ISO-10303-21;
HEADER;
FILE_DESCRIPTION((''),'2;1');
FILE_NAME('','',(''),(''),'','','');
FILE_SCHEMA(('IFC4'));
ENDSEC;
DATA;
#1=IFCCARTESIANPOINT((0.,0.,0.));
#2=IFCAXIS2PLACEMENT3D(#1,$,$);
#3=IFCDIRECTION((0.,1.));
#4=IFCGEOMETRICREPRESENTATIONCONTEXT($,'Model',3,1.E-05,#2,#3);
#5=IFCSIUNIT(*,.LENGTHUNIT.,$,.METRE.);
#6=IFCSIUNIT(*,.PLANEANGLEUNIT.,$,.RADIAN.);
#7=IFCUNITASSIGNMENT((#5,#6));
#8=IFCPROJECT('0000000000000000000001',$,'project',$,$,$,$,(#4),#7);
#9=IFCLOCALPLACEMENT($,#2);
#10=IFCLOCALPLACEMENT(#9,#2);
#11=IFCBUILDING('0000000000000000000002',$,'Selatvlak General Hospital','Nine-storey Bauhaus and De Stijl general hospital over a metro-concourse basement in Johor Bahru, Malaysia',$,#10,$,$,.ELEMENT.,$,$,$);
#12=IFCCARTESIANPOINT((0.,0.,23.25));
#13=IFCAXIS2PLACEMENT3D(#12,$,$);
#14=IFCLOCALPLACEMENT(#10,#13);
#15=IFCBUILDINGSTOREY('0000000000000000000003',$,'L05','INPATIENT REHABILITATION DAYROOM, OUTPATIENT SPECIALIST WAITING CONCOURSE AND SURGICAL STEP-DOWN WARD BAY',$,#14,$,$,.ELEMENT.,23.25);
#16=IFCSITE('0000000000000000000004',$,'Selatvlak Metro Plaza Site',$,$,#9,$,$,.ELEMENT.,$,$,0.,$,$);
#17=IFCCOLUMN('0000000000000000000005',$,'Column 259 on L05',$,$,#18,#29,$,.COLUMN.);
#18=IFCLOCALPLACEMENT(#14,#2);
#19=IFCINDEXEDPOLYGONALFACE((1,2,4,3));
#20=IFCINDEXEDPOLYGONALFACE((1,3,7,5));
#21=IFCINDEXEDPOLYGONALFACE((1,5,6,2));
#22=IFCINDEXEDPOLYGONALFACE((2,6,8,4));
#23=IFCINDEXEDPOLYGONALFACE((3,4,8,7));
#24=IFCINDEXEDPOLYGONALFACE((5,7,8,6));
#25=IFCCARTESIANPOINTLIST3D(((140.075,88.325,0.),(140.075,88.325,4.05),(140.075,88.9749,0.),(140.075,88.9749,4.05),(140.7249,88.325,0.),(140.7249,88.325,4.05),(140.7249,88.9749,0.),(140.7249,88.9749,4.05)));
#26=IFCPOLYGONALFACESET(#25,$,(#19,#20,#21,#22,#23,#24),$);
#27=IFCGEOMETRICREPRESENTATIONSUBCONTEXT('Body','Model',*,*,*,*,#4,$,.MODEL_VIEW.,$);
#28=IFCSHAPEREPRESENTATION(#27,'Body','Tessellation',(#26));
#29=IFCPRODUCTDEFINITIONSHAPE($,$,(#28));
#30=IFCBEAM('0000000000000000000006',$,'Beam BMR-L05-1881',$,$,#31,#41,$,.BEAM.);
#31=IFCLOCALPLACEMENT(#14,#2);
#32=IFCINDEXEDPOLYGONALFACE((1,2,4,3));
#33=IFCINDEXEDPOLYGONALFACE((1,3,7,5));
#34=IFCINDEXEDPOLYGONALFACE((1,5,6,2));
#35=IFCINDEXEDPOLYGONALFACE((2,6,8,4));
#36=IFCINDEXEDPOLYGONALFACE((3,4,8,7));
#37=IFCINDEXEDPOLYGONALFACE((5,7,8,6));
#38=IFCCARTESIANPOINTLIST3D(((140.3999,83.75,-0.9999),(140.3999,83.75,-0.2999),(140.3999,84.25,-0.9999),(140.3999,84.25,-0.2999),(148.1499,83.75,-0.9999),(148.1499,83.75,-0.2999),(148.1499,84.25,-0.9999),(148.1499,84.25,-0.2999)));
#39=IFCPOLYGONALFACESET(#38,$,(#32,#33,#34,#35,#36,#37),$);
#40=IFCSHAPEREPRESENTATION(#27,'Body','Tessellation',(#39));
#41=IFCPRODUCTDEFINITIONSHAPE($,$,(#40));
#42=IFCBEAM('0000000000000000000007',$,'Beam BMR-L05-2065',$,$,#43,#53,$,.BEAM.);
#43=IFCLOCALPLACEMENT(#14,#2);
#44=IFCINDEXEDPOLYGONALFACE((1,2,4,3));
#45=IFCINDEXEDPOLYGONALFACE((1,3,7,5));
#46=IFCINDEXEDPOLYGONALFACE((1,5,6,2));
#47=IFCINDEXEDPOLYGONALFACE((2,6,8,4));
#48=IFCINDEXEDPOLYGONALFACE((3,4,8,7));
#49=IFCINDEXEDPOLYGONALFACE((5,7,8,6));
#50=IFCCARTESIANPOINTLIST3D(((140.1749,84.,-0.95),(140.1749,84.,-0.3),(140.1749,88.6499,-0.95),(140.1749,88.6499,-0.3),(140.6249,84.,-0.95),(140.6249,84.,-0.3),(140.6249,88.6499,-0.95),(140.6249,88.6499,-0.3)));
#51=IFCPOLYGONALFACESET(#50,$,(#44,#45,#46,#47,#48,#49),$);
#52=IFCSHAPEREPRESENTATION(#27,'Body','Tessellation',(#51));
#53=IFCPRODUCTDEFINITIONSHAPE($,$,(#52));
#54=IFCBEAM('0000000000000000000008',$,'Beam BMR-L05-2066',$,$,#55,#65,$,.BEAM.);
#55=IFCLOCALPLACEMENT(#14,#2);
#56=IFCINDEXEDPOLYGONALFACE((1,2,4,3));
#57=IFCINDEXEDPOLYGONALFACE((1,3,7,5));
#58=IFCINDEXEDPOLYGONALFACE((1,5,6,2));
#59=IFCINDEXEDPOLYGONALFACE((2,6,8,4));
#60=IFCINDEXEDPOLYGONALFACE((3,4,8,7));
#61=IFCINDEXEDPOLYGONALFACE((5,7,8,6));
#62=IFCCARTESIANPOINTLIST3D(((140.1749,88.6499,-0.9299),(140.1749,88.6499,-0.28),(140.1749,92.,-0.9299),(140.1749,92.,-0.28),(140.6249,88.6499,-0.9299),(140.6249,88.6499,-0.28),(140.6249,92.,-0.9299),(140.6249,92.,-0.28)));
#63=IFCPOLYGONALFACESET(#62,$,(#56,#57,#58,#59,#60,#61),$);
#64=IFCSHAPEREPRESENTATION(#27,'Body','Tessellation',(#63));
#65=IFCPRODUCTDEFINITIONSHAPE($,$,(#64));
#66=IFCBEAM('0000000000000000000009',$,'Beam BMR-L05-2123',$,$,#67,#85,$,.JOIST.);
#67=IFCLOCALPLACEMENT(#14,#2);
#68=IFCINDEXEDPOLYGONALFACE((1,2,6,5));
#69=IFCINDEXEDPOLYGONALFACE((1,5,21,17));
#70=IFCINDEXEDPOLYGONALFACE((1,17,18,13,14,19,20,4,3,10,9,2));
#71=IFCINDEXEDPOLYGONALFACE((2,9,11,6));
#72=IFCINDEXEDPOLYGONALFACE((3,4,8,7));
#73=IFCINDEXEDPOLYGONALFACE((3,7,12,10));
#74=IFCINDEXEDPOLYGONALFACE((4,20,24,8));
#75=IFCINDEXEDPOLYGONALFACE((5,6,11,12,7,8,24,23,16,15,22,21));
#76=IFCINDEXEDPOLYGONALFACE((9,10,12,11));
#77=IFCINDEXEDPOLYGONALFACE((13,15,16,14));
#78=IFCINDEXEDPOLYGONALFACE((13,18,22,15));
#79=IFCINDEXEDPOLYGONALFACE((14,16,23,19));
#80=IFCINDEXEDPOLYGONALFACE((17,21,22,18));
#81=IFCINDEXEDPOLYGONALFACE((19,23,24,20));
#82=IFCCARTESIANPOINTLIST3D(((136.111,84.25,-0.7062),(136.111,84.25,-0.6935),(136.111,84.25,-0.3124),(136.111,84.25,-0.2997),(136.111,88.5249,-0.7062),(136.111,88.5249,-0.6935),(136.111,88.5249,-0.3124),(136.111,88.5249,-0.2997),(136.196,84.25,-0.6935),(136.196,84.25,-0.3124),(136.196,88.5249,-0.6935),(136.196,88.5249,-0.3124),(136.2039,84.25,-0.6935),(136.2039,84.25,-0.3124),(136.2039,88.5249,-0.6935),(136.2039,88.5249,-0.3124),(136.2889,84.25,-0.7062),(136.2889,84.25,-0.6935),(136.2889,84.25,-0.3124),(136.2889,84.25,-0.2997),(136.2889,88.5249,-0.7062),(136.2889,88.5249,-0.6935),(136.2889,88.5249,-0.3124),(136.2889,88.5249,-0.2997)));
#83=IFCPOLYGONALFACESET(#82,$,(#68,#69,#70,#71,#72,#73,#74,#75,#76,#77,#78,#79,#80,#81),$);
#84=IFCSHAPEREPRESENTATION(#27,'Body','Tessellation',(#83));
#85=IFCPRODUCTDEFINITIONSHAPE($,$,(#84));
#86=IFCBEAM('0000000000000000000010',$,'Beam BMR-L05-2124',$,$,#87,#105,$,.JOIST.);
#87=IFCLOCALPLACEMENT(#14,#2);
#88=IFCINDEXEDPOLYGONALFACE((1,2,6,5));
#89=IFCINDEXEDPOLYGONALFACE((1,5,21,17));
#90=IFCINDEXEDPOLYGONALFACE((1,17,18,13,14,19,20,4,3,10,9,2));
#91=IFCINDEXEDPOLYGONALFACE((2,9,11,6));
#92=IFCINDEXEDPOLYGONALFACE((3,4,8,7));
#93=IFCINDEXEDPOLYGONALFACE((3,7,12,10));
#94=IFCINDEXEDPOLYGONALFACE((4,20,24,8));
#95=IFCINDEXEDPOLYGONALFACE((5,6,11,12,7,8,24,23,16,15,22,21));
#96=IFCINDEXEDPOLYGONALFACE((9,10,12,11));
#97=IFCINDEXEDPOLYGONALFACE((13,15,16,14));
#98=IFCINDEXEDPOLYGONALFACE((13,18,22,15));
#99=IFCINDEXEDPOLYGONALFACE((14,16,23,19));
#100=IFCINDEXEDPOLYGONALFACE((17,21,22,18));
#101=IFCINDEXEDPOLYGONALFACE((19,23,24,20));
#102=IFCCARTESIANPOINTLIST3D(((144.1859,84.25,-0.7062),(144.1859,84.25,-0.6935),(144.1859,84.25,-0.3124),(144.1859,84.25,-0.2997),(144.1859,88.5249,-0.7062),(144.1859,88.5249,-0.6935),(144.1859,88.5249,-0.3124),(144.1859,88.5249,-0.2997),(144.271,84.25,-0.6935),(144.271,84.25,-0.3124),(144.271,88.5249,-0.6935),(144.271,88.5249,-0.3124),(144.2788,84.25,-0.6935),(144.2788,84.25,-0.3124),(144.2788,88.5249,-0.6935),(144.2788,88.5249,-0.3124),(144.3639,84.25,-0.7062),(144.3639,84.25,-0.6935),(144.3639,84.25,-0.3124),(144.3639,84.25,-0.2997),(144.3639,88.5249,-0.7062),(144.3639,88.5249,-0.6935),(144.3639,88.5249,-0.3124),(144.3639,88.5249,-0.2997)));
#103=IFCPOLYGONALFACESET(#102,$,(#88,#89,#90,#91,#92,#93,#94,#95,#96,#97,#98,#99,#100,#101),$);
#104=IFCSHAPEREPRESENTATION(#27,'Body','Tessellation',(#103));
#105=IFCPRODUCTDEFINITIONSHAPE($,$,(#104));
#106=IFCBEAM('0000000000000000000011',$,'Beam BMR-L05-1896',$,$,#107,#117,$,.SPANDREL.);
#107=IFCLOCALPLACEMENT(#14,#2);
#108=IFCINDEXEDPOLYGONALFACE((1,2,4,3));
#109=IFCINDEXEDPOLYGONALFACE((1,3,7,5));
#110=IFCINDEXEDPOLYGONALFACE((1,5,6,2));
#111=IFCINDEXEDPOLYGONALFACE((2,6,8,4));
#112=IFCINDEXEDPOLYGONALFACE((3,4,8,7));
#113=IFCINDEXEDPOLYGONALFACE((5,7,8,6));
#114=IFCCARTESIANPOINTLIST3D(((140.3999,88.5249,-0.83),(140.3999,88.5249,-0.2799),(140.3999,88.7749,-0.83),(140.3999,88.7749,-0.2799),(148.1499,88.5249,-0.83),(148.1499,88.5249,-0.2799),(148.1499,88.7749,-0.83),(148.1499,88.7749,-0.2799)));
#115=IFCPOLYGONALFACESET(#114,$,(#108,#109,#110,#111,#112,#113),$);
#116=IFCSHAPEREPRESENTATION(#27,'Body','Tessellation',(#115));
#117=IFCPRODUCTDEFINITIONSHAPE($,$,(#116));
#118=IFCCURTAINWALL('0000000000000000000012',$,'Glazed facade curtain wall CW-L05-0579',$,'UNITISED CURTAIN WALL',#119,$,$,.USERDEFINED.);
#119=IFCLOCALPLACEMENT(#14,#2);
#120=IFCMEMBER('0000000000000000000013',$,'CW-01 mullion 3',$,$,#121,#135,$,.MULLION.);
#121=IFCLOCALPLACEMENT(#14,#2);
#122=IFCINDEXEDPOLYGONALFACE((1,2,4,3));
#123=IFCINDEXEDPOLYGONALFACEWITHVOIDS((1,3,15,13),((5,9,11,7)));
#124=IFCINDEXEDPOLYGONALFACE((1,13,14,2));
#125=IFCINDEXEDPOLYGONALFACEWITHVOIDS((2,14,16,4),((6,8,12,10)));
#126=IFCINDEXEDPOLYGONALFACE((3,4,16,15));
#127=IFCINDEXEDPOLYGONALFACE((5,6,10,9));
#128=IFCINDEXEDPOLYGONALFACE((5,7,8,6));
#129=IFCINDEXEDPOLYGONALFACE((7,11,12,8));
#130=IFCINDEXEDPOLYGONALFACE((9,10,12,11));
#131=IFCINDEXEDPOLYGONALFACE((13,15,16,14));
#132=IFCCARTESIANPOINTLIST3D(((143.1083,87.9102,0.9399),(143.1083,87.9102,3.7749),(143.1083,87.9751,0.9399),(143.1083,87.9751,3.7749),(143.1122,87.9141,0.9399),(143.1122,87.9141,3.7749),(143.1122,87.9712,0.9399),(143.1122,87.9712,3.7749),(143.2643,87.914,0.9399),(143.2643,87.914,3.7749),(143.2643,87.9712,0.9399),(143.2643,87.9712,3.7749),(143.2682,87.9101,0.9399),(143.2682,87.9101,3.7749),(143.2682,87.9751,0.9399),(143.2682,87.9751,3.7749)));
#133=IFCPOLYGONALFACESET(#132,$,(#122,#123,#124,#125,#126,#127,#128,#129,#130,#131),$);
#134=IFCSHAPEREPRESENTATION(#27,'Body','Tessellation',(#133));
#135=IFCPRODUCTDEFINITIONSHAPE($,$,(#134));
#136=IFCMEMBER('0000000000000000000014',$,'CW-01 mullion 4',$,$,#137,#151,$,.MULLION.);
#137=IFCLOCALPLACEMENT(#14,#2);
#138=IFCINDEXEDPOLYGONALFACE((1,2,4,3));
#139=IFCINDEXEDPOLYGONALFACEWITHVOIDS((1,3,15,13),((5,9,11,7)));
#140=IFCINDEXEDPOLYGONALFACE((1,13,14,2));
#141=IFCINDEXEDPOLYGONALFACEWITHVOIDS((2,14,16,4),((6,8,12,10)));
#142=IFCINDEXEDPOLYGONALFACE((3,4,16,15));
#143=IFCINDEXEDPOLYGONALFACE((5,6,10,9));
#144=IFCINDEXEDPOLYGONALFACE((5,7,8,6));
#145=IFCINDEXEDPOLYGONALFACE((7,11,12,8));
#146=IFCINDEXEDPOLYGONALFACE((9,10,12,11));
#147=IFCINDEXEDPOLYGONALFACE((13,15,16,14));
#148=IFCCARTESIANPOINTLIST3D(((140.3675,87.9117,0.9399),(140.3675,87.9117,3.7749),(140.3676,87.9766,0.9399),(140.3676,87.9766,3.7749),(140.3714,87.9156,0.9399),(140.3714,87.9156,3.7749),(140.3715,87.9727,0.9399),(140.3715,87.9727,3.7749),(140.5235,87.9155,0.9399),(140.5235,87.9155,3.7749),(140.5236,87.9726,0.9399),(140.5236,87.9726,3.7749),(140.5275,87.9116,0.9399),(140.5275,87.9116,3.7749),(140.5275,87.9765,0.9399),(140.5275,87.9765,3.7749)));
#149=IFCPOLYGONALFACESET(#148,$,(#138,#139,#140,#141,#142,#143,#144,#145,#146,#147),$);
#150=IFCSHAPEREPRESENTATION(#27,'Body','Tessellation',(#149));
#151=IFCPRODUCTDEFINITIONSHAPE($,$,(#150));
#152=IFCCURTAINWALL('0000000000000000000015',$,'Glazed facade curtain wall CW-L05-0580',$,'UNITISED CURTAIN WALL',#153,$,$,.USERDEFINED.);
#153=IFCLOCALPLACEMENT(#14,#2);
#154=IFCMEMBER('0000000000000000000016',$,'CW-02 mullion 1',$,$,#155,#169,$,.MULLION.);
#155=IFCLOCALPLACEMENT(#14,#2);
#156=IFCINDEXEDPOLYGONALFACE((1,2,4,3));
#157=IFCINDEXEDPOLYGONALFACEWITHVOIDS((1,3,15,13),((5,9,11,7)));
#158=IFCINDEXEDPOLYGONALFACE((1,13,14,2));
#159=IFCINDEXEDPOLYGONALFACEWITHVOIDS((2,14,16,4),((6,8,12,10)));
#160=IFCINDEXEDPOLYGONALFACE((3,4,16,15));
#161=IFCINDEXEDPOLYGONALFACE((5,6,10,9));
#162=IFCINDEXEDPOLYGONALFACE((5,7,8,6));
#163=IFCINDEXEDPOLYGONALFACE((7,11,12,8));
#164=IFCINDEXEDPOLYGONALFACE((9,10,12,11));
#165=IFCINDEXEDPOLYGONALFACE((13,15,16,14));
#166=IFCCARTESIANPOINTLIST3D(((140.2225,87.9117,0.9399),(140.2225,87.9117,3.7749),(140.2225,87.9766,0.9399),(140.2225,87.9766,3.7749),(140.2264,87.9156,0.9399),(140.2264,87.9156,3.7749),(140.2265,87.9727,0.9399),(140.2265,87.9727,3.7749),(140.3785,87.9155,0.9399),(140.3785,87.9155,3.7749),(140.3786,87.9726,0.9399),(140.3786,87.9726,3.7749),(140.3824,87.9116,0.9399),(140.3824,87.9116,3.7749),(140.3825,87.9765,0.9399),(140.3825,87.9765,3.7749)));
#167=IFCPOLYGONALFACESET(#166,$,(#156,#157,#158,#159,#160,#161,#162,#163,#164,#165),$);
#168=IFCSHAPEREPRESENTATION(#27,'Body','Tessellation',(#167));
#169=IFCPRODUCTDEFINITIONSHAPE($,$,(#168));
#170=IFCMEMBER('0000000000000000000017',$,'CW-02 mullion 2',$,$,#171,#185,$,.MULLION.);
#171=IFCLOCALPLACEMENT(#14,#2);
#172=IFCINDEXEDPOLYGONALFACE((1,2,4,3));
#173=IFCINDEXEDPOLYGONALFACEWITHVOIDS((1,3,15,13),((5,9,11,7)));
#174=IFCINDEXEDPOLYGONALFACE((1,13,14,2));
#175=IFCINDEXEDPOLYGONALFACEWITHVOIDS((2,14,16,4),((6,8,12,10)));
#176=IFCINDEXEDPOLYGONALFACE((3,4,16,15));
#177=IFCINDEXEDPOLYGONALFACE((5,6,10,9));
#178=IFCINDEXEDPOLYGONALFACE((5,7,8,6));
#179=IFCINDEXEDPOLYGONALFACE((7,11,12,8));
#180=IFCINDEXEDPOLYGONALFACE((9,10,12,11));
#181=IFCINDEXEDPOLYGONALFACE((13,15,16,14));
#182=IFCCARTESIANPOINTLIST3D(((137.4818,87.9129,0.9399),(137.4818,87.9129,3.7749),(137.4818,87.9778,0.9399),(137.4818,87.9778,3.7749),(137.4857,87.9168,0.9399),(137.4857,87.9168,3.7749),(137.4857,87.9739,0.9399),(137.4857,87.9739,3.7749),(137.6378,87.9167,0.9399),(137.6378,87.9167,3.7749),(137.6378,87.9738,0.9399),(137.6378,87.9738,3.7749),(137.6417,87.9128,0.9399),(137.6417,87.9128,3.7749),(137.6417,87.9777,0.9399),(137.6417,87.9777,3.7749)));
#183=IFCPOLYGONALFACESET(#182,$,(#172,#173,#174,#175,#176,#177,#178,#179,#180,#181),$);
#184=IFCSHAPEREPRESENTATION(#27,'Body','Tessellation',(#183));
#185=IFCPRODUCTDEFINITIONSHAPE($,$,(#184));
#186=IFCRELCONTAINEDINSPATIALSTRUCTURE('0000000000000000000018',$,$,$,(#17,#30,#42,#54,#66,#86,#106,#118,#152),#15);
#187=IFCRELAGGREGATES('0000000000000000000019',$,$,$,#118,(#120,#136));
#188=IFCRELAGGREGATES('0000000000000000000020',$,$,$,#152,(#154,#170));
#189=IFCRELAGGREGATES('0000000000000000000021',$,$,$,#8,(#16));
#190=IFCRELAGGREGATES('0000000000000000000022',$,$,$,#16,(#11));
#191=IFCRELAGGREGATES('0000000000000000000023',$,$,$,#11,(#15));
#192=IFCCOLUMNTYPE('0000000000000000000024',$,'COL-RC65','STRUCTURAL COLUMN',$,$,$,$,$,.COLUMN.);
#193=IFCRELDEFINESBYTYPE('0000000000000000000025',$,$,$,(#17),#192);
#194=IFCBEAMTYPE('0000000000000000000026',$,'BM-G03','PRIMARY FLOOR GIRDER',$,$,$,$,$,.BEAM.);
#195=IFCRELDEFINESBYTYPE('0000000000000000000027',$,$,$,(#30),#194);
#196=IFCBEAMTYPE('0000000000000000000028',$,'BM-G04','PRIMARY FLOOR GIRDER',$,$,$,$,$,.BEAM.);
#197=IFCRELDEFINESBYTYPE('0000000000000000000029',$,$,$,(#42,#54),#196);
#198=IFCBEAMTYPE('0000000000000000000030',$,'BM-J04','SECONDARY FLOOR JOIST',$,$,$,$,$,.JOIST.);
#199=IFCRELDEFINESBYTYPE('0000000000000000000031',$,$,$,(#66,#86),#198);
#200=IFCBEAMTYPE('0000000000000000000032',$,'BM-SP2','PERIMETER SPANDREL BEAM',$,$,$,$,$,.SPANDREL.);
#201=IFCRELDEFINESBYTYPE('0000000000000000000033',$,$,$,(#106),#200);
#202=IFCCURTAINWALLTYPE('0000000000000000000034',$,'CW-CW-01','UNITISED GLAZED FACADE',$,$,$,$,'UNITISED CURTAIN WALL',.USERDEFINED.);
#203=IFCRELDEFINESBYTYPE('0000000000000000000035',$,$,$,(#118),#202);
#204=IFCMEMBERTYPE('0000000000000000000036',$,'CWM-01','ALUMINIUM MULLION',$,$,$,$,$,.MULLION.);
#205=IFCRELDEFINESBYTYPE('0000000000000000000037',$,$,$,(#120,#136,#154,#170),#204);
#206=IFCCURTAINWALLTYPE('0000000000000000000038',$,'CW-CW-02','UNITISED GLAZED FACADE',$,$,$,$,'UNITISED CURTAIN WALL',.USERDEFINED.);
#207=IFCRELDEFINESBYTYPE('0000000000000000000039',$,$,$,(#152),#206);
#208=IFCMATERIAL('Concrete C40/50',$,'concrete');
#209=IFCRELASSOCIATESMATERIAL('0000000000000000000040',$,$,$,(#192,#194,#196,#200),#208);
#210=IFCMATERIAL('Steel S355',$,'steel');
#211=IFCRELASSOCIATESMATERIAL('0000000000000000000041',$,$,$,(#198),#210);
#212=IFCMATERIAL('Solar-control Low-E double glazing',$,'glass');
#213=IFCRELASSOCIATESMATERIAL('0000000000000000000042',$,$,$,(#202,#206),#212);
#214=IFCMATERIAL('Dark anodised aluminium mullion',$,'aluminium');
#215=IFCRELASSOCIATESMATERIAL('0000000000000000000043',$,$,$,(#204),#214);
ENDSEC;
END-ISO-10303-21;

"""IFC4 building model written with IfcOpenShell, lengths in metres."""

from ifc_helpers import new_model, si_unit, direction, frame, origin, origin_2d, place, context, subcontext, project, spatial, rectangle, hollow_rectangle, i_section, extrude, material, material_profile, profile_set, type_object, element, aggregate, save


model = new_model("IFC4")

# Units and contexts
model_context = context("Model", 3, precision=1e-05, world=origin(), true_north=direction((0.0, 1.0)))
body_context = subcontext(model_context, "Body", "Model", "MODEL_VIEW")
ifc_project = project(units=[si_unit("LENGTHUNIT", "METRE"), si_unit("PLANEANGLEUNIT", "RADIAN")], contexts=[model_context])

# Site, building, storey
site_placement = place(None, origin())
site = spatial("IfcSite", under=ifc_project, at=site_placement, Name="Selatvlak Metro Plaza Site", CompositionType="ELEMENT", RefElevation=0.0)
building_placement = place(site_placement, origin())
building = spatial("IfcBuilding", under=site, at=building_placement, Name="Selatvlak General Hospital", Description="Nine-storey Bauhaus and De Stijl general hospital over a metro-concourse basement in Johor Bahru, Malaysia", CompositionType="ELEMENT")
storey_placement = place(building_placement, frame((0.0, 0.0, 23.25)))
storey = spatial("IfcBuildingStorey", under=building, at=storey_placement, Name="L05", Description="INPATIENT REHABILITATION DAYROOM, OUTPATIENT SPECIALIST WAITING CONCOURSE AND SURGICAL STEP-DOWN WARD BAY", CompositionType="ELEMENT", Elevation=23.25)

# Column
ifc_material_1 = material(Name="Concrete C40/50", Category="concrete")
ifc_material_profile_1 = material_profile(ifc_material_1, rectangle(XDim=0.6499, YDim=0.6499, at=origin_2d()), Name="RC-COL 650x650")
ifc_profile_set_1 = profile_set([ifc_material_profile_1], Name="Concrete C40/50")
column_type = type_object("IfcColumnType", Name="COL-RC65", Description="STRUCTURAL COLUMN", PredefinedType="COLUMN", material=ifc_profile_set_1)
column_placement = place(storey_placement, frame((140.3999, 88.6499, 0.0), z_axis=(0.0, 0.0, 1.0), x_axis=(1.0, 0.0, 0.0)))
element("IfcColumn", 1, at=column_placement, inside=storey, type_object=column_type, Name="Column 259 on L05", PredefinedType="COLUMN", context=body_context, shape_type="SweptSolid", body=[
    extrude(rectangle(XDim=0.6499, YDim=0.6499, at=origin_2d()), origin(), (0.0, 0.0, 1.0), 4.05),
])

# Beams
ifc_material_profile_2 = material_profile(ifc_material_1, rectangle(XDim=0.5, YDim=0.7, at=origin_2d()), Name="RC-BM 500x700")
ifc_profile_set_2 = profile_set([ifc_material_profile_2], Name="Concrete C40/50")
beam_type_1 = type_object("IfcBeamType", Name="BM-G03", Description="PRIMARY FLOOR GIRDER", PredefinedType="BEAM", material=ifc_profile_set_2)
beam_1_placement = place(storey_placement, frame((140.3999, 84.0, -0.6499), z_axis=(1.0, 0.0, 0.0), x_axis=(0.0, 1.0, 0.0)))
element("IfcBeam", 2, at=beam_1_placement, inside=storey, type_object=beam_type_1, Name="Beam BMR-L05-1881", PredefinedType="BEAM", context=body_context, shape_type="SweptSolid", body=[
    extrude(rectangle(XDim=0.5, YDim=0.7, at=origin_2d()), origin(), (0.0, 0.0, 1.0), 7.75),
])
ifc_material_profile_3 = material_profile(ifc_material_1, rectangle(XDim=0.45, YDim=0.6499, at=origin_2d()), Name="RC-BM 450x650")
ifc_profile_set_3 = profile_set([ifc_material_profile_3], Name="Concrete C40/50")
beam_type_2 = type_object("IfcBeamType", Name="BM-G04", Description="PRIMARY FLOOR GIRDER", PredefinedType="BEAM", material=ifc_profile_set_3)
beam_2_placement = place(storey_placement, frame((140.3999, 84.0, -0.625), z_axis=(0.0, 1.0, 0.0), x_axis=(-1.0, 0.0, 0.0)))
element("IfcBeam", 3, at=beam_2_placement, inside=storey, type_object=beam_type_2, Name="Beam BMR-L05-2065", PredefinedType="BEAM", context=body_context, shape_type="SweptSolid", body=[
    extrude(rectangle(XDim=0.45, YDim=0.6499, at=origin_2d()), origin(), (0.0, 0.0, 1.0), 4.6499),
])
beam_3_placement = place(storey_placement, frame((140.3999, 88.6499, -0.605), z_axis=(0.0, 1.0, 0.0), x_axis=(-1.0, 0.0, 0.0)))
element("IfcBeam", 4, at=beam_3_placement, inside=storey, type_object=beam_type_2, Name="Beam BMR-L05-2066", PredefinedType="BEAM", context=body_context, shape_type="SweptSolid", body=[
    extrude(rectangle(XDim=0.45, YDim=0.6499, at=origin_2d()), origin(), (0.0, 0.0, 1.0), 3.3501),
])
ifc_material_2 = material(Name="Steel S355", Category="steel")
ifc_material_profile_4 = material_profile(ifc_material_2, i_section(OverallWidth=0.178, OverallDepth=0.4065, WebThickness=0.0078, FlangeThickness=0.0127, at=origin_2d()), Name="UB 406x178x60")
ifc_profile_set_4 = profile_set([ifc_material_profile_4], Name="Steel S355")
beam_type_3 = type_object("IfcBeamType", Name="BM-J04", Description="SECONDARY FLOOR JOIST", PredefinedType="JOIST", material=ifc_profile_set_4)
for number, where, z_axis, x_axis, name in (
    (5, (136.2, 84.25, -0.5029), (0.0, 1.0, 0.0), (-1.0, 0.0, 0.0), "Beam BMR-L05-2123"),
    (6, (144.2749, 84.25, -0.5029), (0.0, 1.0, 0.0), (-1.0, 0.0, 0.0), "Beam BMR-L05-2124"),
):
    element("IfcBeam", number, at=place(storey_placement, frame(where, z_axis=z_axis, x_axis=x_axis)), inside=storey, type_object=beam_type_3, Name=name, PredefinedType="JOIST", context=body_context, shape_type="SweptSolid", body=[
        extrude(i_section(OverallWidth=0.178, OverallDepth=0.4065, WebThickness=0.0078, FlangeThickness=0.0127, at=origin_2d()), origin(), (0.0, 0.0, 1.0), 4.2749),
    ])
ifc_material_profile_5 = material_profile(ifc_material_1, rectangle(XDim=0.25, YDim=0.55, at=origin_2d()), Name="RC-SP 250x550")
ifc_profile_set_5 = profile_set([ifc_material_profile_5], Name="Concrete C40/50")
beam_type_4 = type_object("IfcBeamType", Name="BM-SP2", Description="PERIMETER SPANDREL BEAM", PredefinedType="SPANDREL", material=ifc_profile_set_5)
beam_4_placement = place(storey_placement, frame((140.3999, 88.6499, -0.5549), z_axis=(1.0, 0.0, 0.0), x_axis=(0.0, 1.0, 0.0)))
element("IfcBeam", 7, at=beam_4_placement, inside=storey, type_object=beam_type_4, Name="Beam BMR-L05-1896", PredefinedType="SPANDREL", context=body_context, shape_type="SweptSolid", body=[
    extrude(rectangle(XDim=0.25, YDim=0.55, at=origin_2d()), origin(), (0.0, 0.0, 1.0), 7.75),
])

# Curtain walls, members
ifc_material_3 = material(Name="Solar-control Low-E double glazing", Category="glass")
curtain_wall_type_1 = type_object("IfcCurtainWallType", Name="CW-CW-01", Description="UNITISED GLAZED FACADE", ElementType="UNITISED CURTAIN WALL", PredefinedType="USERDEFINED", material=ifc_material_3)
curtain_wall_1_placement = place(storey_placement, origin())
curtain_wall_1 = element("IfcCurtainWall", 8, at=curtain_wall_1_placement, inside=storey, type_object=curtain_wall_type_1, Name="Glazed facade curtain wall CW-L05-0579", ObjectType="UNITISED CURTAIN WALL", PredefinedType="USERDEFINED")
ifc_material_4 = material(Name="Dark anodised aluminium mullion", Category="aluminium")
ifc_material_profile_6 = material_profile(ifc_material_4, hollow_rectangle(XDim=0.0649, YDim=0.1599, WallThickness=0.0039, at=origin_2d()), Name="AL-MUL 65x160x4")
ifc_profile_set_6 = profile_set([ifc_material_profile_6], Name="Dark anodised aluminium mullion")
member_type_1 = type_object("IfcMemberType", Name="CWM-01", Description="ALUMINIUM MULLION", PredefinedType="MULLION", material=ifc_profile_set_6)
member_1_placement = place(storey_placement, frame((143.1882, 87.9426, 0.9399), z_axis=(0.0, 0.0, 1.0), x_axis=(-0.000481, -1.0, 0.0)))
member_1 = element("IfcMember", 9, at=member_1_placement, type_object=member_type_1, Name="CW-01 mullion 3", PredefinedType="MULLION", context=body_context, shape_type="SweptSolid", body=[
    extrude(hollow_rectangle(XDim=0.0649, YDim=0.1599, WallThickness=0.0039, at=origin_2d()), origin(), (0.0, 0.0, 1.0), 2.835),
])
member_2_placement = place(storey_placement, frame((140.4475, 87.9441, 0.9399), z_axis=(0.0, 0.0, 1.0), x_axis=(-0.000481, -1.0, 0.0)))
member_2 = element("IfcMember", 10, at=member_2_placement, type_object=member_type_1, Name="CW-01 mullion 4", PredefinedType="MULLION", context=body_context, shape_type="SweptSolid", body=[
    extrude(hollow_rectangle(XDim=0.0649, YDim=0.1599, WallThickness=0.0039, at=origin_2d()), origin(), (0.0, 0.0, 1.0), 2.835),
])
curtain_wall_type_2 = type_object("IfcCurtainWallType", Name="CW-CW-02", Description="UNITISED GLAZED FACADE", ElementType="UNITISED CURTAIN WALL", PredefinedType="USERDEFINED", material=ifc_material_3)
curtain_wall_2_placement = place(storey_placement, origin())
curtain_wall_2 = element("IfcCurtainWall", 11, at=curtain_wall_2_placement, inside=storey, type_object=curtain_wall_type_2, Name="Glazed facade curtain wall CW-L05-0580", ObjectType="UNITISED CURTAIN WALL", PredefinedType="USERDEFINED")
member_3_placement = place(storey_placement, frame((140.3025, 87.9441, 0.9399), z_axis=(0.0, 0.0, 1.0), x_axis=(-0.000481, -1.0, 0.0)))
member_3 = element("IfcMember", 12, at=member_3_placement, type_object=member_type_1, Name="CW-02 mullion 1", PredefinedType="MULLION", context=body_context, shape_type="SweptSolid", body=[
    extrude(hollow_rectangle(XDim=0.0649, YDim=0.1599, WallThickness=0.0039, at=origin_2d()), origin(), (0.0, 0.0, 1.0), 2.835),
])
member_4_placement = place(storey_placement, frame((137.5618, 87.9453, 0.9399), z_axis=(0.0, 0.0, 1.0), x_axis=(-0.000481, -1.0, 0.0)))
member_4 = element("IfcMember", 13, at=member_4_placement, type_object=member_type_1, Name="CW-02 mullion 2", PredefinedType="MULLION", context=body_context, shape_type="SweptSolid", body=[
    extrude(hollow_rectangle(XDim=0.0649, YDim=0.1599, WallThickness=0.0039, at=origin_2d()), origin(), (0.0, 0.0, 1.0), 2.835),
])

aggregate(curtain_wall_1, [member_1, member_2])
aggregate(curtain_wall_2, [member_3, member_4])

save(model, "model.ifc")
